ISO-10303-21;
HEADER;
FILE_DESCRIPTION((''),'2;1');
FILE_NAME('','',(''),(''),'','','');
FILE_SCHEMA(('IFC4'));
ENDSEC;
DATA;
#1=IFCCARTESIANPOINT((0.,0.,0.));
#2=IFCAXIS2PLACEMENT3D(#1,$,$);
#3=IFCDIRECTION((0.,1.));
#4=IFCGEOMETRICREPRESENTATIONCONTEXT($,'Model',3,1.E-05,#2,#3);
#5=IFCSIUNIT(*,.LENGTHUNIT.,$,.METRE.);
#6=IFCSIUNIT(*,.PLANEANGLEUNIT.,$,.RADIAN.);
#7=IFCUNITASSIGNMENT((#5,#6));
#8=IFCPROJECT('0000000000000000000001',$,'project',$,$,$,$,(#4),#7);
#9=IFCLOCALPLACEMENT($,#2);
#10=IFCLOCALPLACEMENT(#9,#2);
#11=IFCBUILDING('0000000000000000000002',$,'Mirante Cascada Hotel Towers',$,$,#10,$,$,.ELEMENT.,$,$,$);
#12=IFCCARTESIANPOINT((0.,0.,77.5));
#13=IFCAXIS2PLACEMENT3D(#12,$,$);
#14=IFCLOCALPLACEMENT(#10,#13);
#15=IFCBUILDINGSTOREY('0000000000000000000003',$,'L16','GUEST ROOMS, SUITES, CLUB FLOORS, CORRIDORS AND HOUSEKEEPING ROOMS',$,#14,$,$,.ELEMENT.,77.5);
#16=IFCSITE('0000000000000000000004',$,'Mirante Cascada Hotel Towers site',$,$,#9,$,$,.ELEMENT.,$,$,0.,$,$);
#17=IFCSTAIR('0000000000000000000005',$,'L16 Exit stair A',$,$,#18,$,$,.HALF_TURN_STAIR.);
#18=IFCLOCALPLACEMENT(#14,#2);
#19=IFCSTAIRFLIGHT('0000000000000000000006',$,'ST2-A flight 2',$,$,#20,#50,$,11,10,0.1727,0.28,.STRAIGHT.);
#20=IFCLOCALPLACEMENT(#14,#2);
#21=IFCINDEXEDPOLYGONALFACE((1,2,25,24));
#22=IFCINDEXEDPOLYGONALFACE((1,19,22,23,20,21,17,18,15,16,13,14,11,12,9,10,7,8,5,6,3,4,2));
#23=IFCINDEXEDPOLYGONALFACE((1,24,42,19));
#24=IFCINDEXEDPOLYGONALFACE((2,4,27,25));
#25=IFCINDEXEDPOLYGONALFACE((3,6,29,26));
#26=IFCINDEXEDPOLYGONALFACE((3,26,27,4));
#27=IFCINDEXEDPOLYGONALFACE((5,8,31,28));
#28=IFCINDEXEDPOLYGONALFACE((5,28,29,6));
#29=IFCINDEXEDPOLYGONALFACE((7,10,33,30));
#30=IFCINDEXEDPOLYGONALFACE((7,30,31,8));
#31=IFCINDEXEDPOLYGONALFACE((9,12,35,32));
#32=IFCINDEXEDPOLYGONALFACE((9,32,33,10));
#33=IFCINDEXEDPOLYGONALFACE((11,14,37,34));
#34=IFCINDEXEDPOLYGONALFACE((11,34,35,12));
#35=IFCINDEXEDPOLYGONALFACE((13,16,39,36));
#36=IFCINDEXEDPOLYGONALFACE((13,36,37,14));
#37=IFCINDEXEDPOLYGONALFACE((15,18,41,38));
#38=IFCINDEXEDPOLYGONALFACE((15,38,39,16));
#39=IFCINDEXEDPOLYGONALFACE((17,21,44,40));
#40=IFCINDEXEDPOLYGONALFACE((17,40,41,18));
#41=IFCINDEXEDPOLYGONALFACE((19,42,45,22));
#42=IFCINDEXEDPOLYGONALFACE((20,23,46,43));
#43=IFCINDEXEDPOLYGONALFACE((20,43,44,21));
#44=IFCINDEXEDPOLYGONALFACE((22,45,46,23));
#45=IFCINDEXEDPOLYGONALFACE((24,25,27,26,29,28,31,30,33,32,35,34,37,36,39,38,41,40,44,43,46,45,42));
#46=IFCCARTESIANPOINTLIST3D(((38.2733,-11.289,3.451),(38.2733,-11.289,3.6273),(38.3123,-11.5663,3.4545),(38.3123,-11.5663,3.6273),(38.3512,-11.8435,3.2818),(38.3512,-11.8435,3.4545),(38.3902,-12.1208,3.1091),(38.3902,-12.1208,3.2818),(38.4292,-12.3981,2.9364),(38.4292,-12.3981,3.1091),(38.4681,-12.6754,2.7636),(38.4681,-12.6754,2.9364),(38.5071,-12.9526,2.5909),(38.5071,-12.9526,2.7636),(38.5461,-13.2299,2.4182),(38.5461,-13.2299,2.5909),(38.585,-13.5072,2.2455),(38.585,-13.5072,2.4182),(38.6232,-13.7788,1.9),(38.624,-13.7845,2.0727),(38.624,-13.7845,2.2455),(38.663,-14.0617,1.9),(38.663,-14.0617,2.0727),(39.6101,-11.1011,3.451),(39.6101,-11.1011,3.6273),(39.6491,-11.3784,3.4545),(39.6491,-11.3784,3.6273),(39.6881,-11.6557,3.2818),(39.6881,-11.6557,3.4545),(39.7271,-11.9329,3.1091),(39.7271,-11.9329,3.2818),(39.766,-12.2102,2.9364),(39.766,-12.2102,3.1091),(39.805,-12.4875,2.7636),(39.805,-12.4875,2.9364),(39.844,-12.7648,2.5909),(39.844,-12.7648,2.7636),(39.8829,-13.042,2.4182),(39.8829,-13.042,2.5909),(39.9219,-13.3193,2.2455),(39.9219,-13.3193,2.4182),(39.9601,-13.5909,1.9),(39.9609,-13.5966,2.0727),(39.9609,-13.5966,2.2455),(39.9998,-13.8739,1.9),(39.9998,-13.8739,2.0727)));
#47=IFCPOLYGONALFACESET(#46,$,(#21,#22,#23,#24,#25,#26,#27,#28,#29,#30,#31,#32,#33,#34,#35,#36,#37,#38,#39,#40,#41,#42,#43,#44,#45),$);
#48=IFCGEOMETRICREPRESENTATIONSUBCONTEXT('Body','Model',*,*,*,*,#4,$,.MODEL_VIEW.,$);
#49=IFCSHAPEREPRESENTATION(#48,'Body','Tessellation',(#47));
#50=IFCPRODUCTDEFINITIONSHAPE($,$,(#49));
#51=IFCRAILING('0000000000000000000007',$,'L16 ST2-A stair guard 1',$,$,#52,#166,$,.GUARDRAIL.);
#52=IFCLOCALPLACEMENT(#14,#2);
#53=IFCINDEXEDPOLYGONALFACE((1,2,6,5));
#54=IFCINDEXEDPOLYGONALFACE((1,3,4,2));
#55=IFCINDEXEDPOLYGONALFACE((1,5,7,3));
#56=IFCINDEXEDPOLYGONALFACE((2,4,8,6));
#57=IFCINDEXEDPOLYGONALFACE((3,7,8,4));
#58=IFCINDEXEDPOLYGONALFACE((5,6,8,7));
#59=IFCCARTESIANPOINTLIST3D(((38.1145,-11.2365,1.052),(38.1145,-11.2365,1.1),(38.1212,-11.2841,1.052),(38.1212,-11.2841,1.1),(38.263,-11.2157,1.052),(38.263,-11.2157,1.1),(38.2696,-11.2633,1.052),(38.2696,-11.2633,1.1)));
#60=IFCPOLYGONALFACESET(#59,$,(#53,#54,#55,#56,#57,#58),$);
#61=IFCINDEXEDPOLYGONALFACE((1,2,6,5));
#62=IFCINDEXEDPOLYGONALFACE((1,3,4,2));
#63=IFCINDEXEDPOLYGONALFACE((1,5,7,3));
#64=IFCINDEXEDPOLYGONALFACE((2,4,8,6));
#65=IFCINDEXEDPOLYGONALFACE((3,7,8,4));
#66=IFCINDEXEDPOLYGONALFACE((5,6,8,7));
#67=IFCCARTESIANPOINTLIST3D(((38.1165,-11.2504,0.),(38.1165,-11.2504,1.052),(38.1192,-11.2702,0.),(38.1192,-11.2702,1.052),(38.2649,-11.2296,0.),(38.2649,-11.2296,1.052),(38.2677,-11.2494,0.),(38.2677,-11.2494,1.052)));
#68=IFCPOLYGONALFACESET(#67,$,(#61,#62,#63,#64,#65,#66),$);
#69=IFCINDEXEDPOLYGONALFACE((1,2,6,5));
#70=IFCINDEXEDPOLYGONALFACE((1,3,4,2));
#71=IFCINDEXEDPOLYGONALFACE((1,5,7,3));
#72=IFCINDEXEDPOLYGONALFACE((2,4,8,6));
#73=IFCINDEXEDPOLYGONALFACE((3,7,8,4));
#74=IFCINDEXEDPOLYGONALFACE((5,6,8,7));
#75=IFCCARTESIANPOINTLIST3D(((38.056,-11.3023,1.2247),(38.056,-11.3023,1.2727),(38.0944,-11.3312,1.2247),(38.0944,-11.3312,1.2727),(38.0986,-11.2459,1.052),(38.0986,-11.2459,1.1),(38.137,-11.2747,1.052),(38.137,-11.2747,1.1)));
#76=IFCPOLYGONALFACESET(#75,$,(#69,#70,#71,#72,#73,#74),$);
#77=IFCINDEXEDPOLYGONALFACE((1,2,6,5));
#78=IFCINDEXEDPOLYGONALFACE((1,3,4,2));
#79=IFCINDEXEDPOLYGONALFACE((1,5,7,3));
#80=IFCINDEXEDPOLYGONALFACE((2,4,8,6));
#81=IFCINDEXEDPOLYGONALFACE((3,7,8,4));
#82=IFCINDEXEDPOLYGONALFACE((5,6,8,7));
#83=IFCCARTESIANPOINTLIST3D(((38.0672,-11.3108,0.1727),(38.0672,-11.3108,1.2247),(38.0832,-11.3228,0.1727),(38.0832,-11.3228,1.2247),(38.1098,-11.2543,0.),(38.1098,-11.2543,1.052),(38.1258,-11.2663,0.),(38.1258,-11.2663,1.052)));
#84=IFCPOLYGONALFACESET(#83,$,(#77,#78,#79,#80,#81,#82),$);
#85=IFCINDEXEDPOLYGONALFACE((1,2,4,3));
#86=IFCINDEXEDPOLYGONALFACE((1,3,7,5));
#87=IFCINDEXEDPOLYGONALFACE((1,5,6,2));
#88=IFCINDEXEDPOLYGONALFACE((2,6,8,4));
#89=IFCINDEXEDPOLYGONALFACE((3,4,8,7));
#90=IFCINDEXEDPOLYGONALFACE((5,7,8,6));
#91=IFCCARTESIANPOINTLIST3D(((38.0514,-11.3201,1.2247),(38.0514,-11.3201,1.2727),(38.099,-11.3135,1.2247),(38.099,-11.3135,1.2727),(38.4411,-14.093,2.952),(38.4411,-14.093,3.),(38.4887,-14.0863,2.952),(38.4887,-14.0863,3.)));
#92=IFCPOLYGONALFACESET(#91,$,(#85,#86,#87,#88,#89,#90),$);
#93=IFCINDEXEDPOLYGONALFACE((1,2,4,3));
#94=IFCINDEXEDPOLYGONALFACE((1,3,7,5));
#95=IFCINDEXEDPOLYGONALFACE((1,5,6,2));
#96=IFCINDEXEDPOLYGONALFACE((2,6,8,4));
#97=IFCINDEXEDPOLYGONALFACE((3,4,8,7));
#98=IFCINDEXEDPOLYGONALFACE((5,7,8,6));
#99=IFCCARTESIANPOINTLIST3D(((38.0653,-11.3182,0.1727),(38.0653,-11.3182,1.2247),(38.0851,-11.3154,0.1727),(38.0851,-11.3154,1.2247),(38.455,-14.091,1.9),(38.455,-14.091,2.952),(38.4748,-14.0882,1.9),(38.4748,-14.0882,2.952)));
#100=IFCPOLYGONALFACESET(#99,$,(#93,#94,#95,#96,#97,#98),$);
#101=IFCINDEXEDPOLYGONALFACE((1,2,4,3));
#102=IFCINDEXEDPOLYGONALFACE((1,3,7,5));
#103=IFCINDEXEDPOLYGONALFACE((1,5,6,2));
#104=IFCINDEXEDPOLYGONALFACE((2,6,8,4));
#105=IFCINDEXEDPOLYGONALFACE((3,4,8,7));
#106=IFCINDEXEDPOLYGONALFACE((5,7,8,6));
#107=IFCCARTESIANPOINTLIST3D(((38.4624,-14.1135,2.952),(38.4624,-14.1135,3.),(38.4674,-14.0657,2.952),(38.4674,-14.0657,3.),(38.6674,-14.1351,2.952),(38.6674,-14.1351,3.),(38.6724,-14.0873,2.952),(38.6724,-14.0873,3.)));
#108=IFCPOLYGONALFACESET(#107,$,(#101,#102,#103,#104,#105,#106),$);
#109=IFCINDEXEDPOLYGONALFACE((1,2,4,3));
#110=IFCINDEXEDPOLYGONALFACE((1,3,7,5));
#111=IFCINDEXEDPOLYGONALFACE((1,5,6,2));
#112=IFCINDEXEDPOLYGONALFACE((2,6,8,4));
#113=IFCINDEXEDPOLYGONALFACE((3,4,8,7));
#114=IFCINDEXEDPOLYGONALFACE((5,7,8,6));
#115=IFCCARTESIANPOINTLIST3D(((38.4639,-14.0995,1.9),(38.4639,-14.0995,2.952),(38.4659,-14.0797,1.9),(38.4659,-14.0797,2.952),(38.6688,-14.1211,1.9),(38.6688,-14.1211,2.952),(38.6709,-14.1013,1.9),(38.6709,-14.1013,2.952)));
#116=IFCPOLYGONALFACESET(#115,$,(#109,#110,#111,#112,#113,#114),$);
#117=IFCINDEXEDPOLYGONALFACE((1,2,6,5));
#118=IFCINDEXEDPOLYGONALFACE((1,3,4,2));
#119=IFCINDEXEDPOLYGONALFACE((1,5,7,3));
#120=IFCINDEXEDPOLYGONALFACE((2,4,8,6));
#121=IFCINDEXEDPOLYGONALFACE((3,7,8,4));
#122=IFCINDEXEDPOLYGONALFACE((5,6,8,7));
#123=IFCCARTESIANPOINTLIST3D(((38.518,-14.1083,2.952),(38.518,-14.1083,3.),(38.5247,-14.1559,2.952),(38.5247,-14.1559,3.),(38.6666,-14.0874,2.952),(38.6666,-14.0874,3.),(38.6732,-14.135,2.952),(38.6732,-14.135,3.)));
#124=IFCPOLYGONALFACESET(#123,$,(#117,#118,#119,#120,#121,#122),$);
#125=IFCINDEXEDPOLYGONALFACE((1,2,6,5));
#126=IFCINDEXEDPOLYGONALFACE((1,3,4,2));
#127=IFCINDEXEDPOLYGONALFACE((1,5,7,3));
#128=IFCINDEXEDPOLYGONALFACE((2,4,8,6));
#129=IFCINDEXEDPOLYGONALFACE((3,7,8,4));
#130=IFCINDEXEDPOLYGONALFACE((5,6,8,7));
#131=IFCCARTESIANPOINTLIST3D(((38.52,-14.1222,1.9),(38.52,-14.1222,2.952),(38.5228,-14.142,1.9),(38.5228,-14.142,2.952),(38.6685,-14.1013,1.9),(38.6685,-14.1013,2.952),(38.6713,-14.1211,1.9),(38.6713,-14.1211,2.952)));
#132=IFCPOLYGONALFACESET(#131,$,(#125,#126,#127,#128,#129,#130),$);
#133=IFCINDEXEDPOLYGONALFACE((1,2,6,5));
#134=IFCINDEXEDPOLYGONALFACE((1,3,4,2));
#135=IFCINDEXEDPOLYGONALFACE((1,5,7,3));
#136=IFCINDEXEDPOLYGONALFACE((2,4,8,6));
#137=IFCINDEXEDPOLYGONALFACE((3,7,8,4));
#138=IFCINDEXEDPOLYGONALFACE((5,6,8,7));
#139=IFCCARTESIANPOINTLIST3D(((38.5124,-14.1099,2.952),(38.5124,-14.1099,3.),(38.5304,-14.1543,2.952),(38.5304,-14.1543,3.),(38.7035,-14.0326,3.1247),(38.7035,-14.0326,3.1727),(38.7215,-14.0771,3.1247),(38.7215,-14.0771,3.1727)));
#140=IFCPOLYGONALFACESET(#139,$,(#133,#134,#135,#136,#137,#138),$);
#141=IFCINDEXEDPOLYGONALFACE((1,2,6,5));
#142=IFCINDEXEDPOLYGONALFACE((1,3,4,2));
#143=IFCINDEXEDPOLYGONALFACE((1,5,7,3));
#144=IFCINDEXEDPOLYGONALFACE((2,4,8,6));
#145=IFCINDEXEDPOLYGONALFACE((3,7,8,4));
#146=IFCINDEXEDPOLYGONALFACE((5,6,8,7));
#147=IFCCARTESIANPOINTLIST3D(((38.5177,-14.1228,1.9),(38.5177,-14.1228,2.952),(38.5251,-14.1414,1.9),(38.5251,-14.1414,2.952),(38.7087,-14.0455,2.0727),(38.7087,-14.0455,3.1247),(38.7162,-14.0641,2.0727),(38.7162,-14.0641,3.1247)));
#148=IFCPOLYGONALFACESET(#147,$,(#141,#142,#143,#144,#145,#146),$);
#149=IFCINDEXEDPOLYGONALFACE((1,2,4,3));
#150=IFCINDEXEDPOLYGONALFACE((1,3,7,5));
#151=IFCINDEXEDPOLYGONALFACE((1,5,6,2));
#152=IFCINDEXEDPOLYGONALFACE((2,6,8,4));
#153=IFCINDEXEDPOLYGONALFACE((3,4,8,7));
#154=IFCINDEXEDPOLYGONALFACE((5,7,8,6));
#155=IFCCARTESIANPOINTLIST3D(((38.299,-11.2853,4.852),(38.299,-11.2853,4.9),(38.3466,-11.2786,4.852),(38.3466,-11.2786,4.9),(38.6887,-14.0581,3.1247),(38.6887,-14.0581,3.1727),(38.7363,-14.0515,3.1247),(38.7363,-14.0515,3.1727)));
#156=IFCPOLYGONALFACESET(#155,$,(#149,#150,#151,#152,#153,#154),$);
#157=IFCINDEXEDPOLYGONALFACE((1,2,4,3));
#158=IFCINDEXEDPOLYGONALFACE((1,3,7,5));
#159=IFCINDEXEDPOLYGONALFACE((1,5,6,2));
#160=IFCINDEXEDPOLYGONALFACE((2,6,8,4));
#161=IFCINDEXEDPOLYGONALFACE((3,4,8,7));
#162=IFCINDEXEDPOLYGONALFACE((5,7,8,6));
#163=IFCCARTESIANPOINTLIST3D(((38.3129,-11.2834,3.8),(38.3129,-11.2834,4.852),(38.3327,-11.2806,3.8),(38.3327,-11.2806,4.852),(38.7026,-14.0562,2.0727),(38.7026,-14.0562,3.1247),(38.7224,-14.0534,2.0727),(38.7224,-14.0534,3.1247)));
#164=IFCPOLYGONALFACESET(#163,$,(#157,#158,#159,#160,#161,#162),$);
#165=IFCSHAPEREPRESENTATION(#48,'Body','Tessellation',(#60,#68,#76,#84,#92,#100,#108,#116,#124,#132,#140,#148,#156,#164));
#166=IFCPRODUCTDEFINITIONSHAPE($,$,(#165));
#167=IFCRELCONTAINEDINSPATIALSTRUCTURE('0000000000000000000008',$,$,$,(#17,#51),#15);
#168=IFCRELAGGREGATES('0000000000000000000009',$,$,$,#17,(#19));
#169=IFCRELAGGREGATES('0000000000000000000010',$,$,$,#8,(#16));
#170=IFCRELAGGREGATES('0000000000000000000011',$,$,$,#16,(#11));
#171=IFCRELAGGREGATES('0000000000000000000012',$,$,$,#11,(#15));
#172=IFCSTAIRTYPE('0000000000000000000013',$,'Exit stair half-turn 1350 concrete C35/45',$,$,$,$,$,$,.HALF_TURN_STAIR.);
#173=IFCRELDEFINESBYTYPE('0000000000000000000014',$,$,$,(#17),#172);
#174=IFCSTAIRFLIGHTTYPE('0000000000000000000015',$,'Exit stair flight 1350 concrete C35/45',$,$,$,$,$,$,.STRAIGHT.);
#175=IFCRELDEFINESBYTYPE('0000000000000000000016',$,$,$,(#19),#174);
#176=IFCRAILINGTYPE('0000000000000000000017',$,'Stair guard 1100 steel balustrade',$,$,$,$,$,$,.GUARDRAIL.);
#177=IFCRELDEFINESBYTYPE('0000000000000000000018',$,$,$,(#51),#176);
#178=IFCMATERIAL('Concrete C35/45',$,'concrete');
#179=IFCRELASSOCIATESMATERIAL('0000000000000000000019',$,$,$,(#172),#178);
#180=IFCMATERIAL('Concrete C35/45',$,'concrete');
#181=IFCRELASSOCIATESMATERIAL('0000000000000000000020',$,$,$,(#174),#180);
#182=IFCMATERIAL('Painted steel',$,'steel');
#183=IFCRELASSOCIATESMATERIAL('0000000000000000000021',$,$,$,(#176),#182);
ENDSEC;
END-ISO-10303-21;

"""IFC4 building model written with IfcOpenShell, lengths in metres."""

from ifc_helpers import new_model, si_unit, direction, frame, origin, origin_2d, place, context, subcontext, project, spatial, polyline, rectangle, outline, extrude, material, type_object, element, aggregate, save


model = new_model("IFC4")

# Units and contexts
model_context = context("Model", 3, precision=1e-05, world=origin(), true_north=direction((0.0, 1.0)))
body_context = subcontext(model_context, "Body", "Model", "MODEL_VIEW")
ifc_project = project(units=[si_unit("LENGTHUNIT", "METRE"), si_unit("PLANEANGLEUNIT", "RADIAN")], contexts=[model_context])

# Site, building, storey
site_placement = place(None, origin())
site = spatial("IfcSite", under=ifc_project, at=site_placement, Name="Mirante Cascada Hotel Towers site", CompositionType="ELEMENT", RefElevation=0.0)
building_placement = place(site_placement, origin())
building = spatial("IfcBuilding", under=site, at=building_placement, Name="Mirante Cascada Hotel Towers", CompositionType="ELEMENT")
storey_placement = place(building_placement, frame((0.0, 0.0, 77.5)))
storey = spatial("IfcBuildingStorey", under=building, at=storey_placement, Name="L16", Description="GUEST ROOMS, SUITES, CLUB FLOORS, CORRIDORS AND HOUSEKEEPING ROOMS", CompositionType="ELEMENT", Elevation=77.5)

# Stair, stair flight
ifc_material_1 = material(Name="Concrete C35/45", Category="concrete")
stair_type = type_object("IfcStairType", Name="Exit stair half-turn 1350 concrete C35/45", PredefinedType="HALF_TURN_STAIR", material=ifc_material_1)
stair_placement = place(storey_placement, origin())
stair = element("IfcStair", 1, at=stair_placement, inside=storey, type_object=stair_type, Name="L16 Exit stair A", PredefinedType="HALF_TURN_STAIR")
ifc_material_2 = material(Name="Concrete C35/45", Category="concrete")
stair_flight_type = type_object("IfcStairFlightType", Name="Exit stair flight 1350 concrete C35/45", PredefinedType="STRAIGHT", material=ifc_material_2)
stair_flight_1_placement = place(storey_placement, frame((39.3314, -13.9678, 1.9), z_axis=(0.0, 0.0, 1.0), x_axis=(-0.139173, 0.990268, 0.0)))
stair_flight_1 = element("IfcStairFlight", 2, at=stair_flight_1_placement, type_object=stair_flight_type, Name="ST2-A flight 2", NumberOfRisers=11, NumberOfTreads=10, PredefinedType="STRAIGHT", RiserHeight=0.1727, TreadLength=0.28, context=body_context, shape_type="SweptSolid", body=[
    extrude(outline(polyline([(0.0, 0.0), (0.0, 0.1727), (0.28, 0.1727), (0.28, 0.3455), (0.56, 0.3455), (0.56, 0.5182), (0.84, 0.5182), (0.84, 0.6909), (1.12, 0.6909), (1.12, 0.8636), (1.4, 0.8636), (1.4, 1.0364), (1.68, 1.0364), (1.68, 1.2091), (1.96, 1.2091), (1.96, 1.3818), (2.24, 1.3818), (2.24, 1.5545), (2.52, 1.5545), (2.52, 1.7273), (2.8, 1.7273), (2.8, 1.9), (2.8, 1.551), (0.2857, 0.0), (0.0, 0.0)])), frame((0.0, 0.675, 0.0), z_axis=(0.0, -1.0, 0.0), x_axis=(1.0, 0.0, 0.0)), (0.0, 0.0, 1.0), 1.35),
])
aggregate(stair, [stair_flight_1])

# Railing
ifc_material_3 = material(Name="Painted steel", Category="steel")
railing_type = type_object("IfcRailingType", Name="Stair guard 1100 steel balustrade", PredefinedType="GUARDRAIL", material=ifc_material_3)
railing_placement = place(storey_placement, frame((38.2663, -11.2395, 0.0)))
element("IfcRailing", 3, at=railing_placement, inside=storey, type_object=railing_type, Name="L16 ST2-A stair guard 1", PredefinedType="GUARDRAIL", context=body_context, shape_type="SweptSolid", body=[
    extrude(rectangle(XDim=0.048, YDim=0.048, at=origin_2d()), frame((0.0, 0.0, 1.076), z_axis=(-0.990333, -0.138713, 0.0), x_axis=(0.138713, -0.990333, 0.0)), (0.0, 0.0, 1.0), 0.1499),
    extrude(rectangle(XDim=0.02, YDim=1.052, at=origin_2d()), frame((0.0, 0.0, 0.526), z_axis=(-0.990333, -0.138713, 0.0), x_axis=(0.138713, -0.990333, 0.0)), (0.0, 0.0, 1.0), 0.1499),
    extrude(rectangle(XDim=0.048, YDim=0.048, at=origin_2d()), frame((-0.1485, -0.0208, 1.076), z_axis=(-0.602033, -0.798471, 0.0), x_axis=(0.798471, -0.602033, 0.0)), (0.0, 0.92534, 0.379139), 0.1866),
    extrude(rectangle(XDim=0.02, YDim=1.052, at=origin_2d()), frame((-0.1485, -0.0208, 0.526), z_axis=(-0.602033, -0.798471, 0.0), x_axis=(0.798471, -0.602033, 0.0)), (0.0, 0.92534, 0.379139), 0.1866),
    extrude(rectangle(XDim=0.048, YDim=0.048, at=origin_2d()), frame((-0.1911, -0.0773, 1.2487), z_axis=(0.139176, -0.990268, 0.0), x_axis=(0.990268, 0.139176, 0.0)), (0.0, 0.525021, 0.851089), 3.29),
    extrude(rectangle(XDim=0.02, YDim=1.052, at=origin_2d()), frame((-0.1911, -0.0773, 0.6987), z_axis=(0.139176, -0.990268, 0.0), x_axis=(0.990268, 0.139176, 0.0)), (0.0, 0.525021, 0.851089), 3.29),
    extrude(rectangle(XDim=0.048, YDim=0.048, at=origin_2d()), frame((0.1986, -2.8501, 2.976), z_axis=(0.994495, -0.104786, 0.0), x_axis=(0.104786, 0.994495, 0.0)), (0.0, 0.0, 1.0), 0.2061),
    extrude(rectangle(XDim=0.02, YDim=1.052, at=origin_2d()), frame((0.1986, -2.8501, 2.426), z_axis=(0.994495, -0.104786, 0.0), x_axis=(0.104786, 0.994495, 0.0)), (0.0, 0.0, 1.0), 0.2061),
    extrude(rectangle(XDim=0.048, YDim=0.048, at=origin_2d()), frame((0.4036, -2.8717, 2.976), z_axis=(-0.990241, -0.139367, 0.0), x_axis=(0.139367, -0.990241, 0.0)), (0.0, 0.0, 1.0), 0.15),
    extrude(rectangle(XDim=0.02, YDim=1.052, at=origin_2d()), frame((0.4036, -2.8717, 2.426), z_axis=(-0.990241, -0.139367, 0.0), x_axis=(0.139367, -0.990241, 0.0)), (0.0, 0.0, 1.0), 0.15),
    extrude(rectangle(XDim=0.048, YDim=0.048, at=origin_2d()), frame((0.2551, -2.8926, 2.976), z_axis=(0.927031, 0.374984, 0.0), x_axis=(-0.374984, 0.927031, 0.0)), (0.0, 0.64219, 0.766545), 0.2689),
    extrude(rectangle(XDim=0.02, YDim=1.052, at=origin_2d()), frame((0.2551, -2.8926, 2.426), z_axis=(0.927031, 0.374984, 0.0), x_axis=(-0.374984, 0.927031, 0.0)), (0.0, 0.64219, 0.766545), 0.2689),
    extrude(rectangle(XDim=0.048, YDim=0.048, at=origin_2d()), frame((0.4462, -2.8153, 3.1487), z_axis=(-0.139176, 0.990268, 0.0), x_axis=(-0.990268, -0.139176, 0.0)), (0.0, 0.525021, 0.851089), 3.29),
    extrude(rectangle(XDim=0.02, YDim=1.052, at=origin_2d()), frame((0.4462, -2.8153, 2.5987), z_axis=(-0.139176, 0.990268, 0.0), x_axis=(-0.990268, -0.139176, 0.0)), (0.0, 0.525021, 0.851089), 3.29),
])

save(model, "model.ifc")
